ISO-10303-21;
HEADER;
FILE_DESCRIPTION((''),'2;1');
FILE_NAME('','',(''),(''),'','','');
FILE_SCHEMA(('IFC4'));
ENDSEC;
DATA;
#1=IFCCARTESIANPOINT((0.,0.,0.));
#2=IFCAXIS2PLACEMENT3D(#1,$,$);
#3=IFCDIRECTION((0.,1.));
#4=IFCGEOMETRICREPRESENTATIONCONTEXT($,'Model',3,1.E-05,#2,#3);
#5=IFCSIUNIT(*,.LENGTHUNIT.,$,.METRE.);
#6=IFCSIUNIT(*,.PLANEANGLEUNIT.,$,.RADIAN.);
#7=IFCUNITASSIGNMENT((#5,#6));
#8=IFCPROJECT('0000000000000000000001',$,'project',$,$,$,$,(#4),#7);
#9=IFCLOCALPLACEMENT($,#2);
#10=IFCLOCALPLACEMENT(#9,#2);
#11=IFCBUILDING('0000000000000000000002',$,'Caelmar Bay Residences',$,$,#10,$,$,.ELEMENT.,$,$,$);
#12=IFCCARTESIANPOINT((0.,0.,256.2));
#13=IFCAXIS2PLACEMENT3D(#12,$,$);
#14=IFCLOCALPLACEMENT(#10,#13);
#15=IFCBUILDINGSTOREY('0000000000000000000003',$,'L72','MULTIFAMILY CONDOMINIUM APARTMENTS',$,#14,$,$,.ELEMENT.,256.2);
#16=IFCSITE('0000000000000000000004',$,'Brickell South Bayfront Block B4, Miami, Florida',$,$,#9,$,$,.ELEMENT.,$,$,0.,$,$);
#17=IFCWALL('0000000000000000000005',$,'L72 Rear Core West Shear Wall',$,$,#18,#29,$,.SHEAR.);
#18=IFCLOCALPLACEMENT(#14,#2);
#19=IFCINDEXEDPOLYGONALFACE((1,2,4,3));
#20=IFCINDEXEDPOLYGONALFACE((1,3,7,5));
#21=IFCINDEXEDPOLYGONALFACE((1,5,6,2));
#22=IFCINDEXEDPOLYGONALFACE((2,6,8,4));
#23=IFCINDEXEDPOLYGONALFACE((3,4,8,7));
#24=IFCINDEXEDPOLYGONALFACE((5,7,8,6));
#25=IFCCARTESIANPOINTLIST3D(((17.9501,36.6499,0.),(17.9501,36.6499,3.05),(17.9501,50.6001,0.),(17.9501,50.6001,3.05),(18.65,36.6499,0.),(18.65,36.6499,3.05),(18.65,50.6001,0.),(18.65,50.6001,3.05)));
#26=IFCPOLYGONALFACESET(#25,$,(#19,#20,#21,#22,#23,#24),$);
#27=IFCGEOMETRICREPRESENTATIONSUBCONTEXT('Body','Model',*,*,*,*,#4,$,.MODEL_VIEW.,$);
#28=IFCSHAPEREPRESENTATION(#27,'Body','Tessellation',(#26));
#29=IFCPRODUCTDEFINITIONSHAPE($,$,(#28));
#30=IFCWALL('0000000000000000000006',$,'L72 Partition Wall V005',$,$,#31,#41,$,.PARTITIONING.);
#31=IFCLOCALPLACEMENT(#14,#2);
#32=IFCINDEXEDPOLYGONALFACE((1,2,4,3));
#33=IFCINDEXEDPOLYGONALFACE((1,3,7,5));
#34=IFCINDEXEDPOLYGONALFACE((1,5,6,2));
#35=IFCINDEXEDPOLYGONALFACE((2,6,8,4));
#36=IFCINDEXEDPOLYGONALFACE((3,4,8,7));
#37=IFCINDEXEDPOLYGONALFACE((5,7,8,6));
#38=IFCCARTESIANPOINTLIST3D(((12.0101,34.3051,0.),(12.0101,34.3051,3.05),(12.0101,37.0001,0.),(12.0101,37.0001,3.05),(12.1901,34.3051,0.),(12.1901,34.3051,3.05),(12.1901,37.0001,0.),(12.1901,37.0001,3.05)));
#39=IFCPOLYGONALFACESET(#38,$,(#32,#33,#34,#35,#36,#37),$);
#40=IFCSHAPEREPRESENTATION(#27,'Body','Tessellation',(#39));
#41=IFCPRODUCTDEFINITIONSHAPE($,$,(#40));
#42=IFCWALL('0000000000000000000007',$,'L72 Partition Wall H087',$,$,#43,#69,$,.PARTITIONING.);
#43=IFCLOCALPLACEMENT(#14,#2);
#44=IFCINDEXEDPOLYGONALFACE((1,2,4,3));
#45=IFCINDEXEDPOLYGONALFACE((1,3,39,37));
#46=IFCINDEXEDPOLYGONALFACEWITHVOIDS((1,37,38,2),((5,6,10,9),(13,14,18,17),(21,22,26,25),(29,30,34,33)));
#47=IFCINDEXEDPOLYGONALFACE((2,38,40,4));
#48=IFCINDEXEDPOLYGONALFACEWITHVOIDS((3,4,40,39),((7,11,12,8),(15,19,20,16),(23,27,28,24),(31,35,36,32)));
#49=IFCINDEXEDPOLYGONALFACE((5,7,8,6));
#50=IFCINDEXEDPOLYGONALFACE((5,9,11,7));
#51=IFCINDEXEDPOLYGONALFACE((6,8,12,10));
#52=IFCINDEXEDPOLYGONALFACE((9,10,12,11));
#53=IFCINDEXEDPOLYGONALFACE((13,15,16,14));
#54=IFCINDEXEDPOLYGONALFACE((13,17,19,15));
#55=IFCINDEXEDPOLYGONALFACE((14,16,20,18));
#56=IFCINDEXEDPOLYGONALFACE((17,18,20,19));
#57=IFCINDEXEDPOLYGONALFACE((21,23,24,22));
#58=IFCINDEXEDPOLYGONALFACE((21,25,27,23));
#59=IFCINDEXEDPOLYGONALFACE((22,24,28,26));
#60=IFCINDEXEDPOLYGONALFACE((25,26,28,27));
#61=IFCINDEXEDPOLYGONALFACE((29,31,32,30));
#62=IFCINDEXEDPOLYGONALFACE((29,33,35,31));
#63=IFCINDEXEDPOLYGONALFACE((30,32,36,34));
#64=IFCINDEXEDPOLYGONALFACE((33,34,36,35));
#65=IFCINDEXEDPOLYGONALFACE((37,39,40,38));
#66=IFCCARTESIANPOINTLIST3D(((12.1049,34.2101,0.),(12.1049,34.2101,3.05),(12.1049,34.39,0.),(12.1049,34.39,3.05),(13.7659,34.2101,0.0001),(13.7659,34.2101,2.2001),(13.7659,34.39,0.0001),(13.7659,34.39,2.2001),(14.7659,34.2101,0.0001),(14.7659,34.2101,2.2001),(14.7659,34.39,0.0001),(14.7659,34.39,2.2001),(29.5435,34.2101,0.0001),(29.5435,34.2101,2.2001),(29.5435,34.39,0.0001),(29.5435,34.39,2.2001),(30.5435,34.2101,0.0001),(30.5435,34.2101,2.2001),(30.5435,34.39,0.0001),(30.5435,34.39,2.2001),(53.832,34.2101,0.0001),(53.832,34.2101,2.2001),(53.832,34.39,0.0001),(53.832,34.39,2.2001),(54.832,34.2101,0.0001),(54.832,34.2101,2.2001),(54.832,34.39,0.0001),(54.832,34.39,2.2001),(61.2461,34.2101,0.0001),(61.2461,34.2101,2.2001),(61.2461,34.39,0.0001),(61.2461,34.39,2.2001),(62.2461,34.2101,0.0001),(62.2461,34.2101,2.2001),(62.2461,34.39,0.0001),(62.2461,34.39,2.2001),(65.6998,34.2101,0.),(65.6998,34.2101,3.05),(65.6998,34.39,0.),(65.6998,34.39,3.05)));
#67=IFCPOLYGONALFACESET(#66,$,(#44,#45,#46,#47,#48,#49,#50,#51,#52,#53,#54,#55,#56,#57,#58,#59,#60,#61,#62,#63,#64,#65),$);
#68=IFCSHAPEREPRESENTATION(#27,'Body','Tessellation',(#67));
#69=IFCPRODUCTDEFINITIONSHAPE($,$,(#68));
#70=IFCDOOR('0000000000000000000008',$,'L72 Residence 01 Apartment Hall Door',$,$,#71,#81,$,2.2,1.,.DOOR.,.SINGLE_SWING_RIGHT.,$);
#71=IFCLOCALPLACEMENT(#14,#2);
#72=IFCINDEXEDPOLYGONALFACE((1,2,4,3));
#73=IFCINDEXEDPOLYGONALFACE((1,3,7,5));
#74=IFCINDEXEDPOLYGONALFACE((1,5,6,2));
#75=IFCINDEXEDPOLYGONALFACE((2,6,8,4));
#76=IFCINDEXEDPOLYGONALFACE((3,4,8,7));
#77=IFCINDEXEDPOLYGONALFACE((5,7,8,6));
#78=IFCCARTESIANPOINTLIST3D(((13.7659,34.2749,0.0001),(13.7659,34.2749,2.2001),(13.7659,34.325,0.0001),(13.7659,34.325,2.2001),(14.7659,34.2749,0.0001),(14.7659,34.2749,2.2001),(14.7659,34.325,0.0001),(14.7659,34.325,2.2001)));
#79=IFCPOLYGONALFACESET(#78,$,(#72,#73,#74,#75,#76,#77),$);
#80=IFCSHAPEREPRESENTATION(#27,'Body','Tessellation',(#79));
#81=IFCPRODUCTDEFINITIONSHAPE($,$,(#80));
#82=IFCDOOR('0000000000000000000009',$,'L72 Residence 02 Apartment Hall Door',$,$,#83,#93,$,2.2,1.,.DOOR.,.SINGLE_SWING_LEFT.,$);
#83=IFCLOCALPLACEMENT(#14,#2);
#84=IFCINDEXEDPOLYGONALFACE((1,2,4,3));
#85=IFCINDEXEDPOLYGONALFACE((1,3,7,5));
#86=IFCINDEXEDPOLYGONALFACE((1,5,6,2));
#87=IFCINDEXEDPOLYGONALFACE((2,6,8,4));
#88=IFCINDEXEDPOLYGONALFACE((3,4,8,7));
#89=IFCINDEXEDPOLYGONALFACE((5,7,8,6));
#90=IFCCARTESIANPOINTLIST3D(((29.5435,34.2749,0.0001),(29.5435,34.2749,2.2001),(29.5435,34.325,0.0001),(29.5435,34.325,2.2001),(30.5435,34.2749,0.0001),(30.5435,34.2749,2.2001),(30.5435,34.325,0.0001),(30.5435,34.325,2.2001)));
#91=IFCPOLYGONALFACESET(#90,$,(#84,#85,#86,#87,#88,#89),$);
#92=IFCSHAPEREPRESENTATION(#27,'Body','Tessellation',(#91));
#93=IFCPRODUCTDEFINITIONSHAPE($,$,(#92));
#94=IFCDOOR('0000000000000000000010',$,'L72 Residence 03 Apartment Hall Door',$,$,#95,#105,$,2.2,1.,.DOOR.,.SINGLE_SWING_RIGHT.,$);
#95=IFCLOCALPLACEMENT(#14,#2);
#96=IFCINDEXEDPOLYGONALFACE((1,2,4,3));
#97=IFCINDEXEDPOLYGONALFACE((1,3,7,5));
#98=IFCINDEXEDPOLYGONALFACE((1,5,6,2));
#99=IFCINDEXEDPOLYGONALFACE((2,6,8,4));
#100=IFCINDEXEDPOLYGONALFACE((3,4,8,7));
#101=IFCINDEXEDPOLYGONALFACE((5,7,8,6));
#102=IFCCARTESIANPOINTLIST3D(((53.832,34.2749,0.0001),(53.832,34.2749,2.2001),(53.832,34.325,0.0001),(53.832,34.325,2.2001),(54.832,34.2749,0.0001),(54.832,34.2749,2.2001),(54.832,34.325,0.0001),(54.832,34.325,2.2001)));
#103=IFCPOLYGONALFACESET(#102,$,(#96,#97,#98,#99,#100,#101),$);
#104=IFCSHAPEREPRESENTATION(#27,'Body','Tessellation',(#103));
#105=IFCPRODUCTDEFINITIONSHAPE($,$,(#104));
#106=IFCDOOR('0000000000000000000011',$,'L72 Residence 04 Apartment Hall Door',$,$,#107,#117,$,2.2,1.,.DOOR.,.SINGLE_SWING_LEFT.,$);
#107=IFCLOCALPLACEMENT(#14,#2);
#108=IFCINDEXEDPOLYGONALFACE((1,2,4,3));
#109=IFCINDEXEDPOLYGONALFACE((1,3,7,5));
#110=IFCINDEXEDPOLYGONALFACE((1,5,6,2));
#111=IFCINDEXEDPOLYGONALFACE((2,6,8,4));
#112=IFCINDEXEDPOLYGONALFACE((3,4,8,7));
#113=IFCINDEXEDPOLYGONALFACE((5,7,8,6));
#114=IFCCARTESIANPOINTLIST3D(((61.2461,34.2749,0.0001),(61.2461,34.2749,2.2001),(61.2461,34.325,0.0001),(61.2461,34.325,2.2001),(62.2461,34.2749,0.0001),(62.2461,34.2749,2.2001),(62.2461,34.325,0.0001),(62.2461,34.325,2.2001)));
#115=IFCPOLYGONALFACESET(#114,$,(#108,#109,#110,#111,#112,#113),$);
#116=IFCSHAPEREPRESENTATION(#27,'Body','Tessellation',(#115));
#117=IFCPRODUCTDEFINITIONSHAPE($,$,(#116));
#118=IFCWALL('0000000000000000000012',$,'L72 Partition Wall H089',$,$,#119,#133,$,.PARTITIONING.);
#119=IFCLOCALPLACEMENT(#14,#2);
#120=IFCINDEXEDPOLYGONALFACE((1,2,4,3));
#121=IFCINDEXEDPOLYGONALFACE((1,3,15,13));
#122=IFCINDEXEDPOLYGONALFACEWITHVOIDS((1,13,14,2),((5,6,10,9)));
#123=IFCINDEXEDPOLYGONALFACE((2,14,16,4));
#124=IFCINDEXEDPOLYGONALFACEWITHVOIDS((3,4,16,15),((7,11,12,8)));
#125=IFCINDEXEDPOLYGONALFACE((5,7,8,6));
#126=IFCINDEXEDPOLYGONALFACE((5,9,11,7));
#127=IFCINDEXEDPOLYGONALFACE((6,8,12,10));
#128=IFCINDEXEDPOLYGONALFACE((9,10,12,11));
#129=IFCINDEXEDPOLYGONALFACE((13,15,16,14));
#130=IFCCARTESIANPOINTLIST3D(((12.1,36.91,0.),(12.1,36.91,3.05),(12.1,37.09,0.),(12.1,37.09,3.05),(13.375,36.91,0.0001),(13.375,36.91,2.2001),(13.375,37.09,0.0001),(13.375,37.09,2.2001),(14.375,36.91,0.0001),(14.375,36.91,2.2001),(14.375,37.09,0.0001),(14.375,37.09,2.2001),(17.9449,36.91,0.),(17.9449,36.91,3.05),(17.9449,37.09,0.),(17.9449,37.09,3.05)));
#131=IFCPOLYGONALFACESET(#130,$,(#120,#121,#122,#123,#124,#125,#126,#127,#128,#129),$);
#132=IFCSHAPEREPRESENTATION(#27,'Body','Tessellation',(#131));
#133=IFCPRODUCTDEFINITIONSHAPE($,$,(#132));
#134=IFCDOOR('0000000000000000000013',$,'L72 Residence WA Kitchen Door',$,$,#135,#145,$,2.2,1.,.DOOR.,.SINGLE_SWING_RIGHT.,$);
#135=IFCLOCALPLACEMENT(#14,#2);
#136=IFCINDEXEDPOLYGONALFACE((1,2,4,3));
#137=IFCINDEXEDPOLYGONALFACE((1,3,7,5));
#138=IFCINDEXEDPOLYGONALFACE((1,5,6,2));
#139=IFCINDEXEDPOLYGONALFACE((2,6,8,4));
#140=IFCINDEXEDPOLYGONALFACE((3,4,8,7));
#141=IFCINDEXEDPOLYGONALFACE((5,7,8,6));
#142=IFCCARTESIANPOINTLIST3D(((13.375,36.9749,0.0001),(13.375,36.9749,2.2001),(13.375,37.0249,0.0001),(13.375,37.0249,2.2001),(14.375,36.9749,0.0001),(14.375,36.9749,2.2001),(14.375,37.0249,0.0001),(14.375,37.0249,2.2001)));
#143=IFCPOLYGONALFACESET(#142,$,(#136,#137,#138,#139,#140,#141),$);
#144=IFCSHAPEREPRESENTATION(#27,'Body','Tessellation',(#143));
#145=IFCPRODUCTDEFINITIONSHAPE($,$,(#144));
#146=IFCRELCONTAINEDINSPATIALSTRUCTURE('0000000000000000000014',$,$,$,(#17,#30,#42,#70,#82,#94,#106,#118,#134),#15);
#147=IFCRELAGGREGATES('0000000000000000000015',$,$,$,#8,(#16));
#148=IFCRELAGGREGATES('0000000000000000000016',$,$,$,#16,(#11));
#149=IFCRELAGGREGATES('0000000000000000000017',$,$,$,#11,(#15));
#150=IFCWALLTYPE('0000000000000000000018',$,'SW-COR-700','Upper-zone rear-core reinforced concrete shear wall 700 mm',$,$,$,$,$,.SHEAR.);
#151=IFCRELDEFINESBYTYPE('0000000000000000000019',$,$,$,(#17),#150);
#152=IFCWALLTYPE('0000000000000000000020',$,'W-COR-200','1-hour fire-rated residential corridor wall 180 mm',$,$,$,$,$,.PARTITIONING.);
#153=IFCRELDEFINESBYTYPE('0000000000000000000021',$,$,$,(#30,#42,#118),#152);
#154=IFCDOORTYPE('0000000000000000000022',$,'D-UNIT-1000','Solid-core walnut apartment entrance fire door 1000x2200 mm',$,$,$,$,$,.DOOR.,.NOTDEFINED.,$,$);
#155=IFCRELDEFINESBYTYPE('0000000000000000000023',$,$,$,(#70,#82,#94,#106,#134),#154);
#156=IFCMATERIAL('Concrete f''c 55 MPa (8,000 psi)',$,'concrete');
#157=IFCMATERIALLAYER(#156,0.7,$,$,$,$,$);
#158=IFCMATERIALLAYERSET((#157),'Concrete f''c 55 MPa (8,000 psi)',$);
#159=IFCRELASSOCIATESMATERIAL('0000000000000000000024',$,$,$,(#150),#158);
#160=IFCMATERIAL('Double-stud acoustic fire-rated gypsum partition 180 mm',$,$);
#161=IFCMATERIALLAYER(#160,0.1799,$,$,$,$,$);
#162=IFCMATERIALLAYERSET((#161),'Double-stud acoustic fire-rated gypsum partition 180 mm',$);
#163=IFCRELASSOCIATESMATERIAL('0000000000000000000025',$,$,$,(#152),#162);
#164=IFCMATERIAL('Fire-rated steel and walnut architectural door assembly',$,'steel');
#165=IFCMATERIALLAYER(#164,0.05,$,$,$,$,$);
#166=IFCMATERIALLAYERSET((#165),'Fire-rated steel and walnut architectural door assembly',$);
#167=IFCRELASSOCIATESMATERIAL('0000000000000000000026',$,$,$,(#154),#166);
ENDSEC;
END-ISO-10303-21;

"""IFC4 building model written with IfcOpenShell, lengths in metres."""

from ifc_helpers import new_model, si_unit, direction, frame, frame_2d, origin, place, context, subcontext, project, spatial, rectangle, extrude, material, layer, layer_set, type_object, element, fill, save


model = new_model("IFC4")

# Units and contexts
model_context = context("Model", 3, precision=1e-05, world=origin(), true_north=direction((0.0, 1.0)))
body_context = subcontext(model_context, "Body", "Model", "MODEL_VIEW")
ifc_project = project(units=[si_unit("LENGTHUNIT", "METRE"), si_unit("PLANEANGLEUNIT", "RADIAN")], contexts=[model_context])

# Site, building, storey
site_placement = place(None, origin())
site = spatial("IfcSite", under=ifc_project, at=site_placement, Name="Brickell South Bayfront Block B4, Miami, Florida", CompositionType="ELEMENT", RefElevation=0.0)
building_placement = place(site_placement, origin())
building = spatial("IfcBuilding", under=site, at=building_placement, Name="Caelmar Bay Residences", CompositionType="ELEMENT")
storey_placement = place(building_placement, frame((0.0, 0.0, 256.2)))
storey = spatial("IfcBuildingStorey", under=building, at=storey_placement, Name="L72", Description="MULTIFAMILY CONDOMINIUM APARTMENTS", CompositionType="ELEMENT", Elevation=256.2)

# Shared definitions
ifc_material_1 = material(Name="Concrete f'c 55 MPa (8,000 psi)", Category="concrete")
ifc_layer_1 = layer(ifc_material_1, 0.7)
ifc_layer_set_1 = layer_set([ifc_layer_1], Name="Concrete f'c 55 MPa (8,000 psi)")
wall_type_1 = type_object("IfcWallType", Name="SW-COR-700", Description="Upper-zone rear-core reinforced concrete shear wall 700 mm", PredefinedType="SHEAR", material=ifc_layer_set_1)
ifc_material_2 = material(Name="Fire-rated steel and walnut architectural door assembly", Category="steel")

# Walls
wall_1_placement = place(storey_placement, frame((18.3, 36.6499, 0.0), z_axis=(0.0, 0.0, 1.0), x_axis=(0.0, 1.0, 0.0)))
element("IfcWall", 1, at=wall_1_placement, inside=storey, type_object=wall_type_1, Name="L72 Rear Core West Shear Wall", PredefinedType="SHEAR", context=body_context, shape_type="SweptSolid", body=[
    extrude(rectangle(XDim=13.9502, YDim=0.7, at=frame_2d((6.9751, 0.0))), origin(), (0.0, 0.0, 1.0), 3.05),
])
ifc_material_3 = material(Name="Double-stud acoustic fire-rated gypsum partition 180 mm")
ifc_layer_2 = layer(ifc_material_3, 0.1799)
ifc_layer_set_2 = layer_set([ifc_layer_2], Name="Double-stud acoustic fire-rated gypsum partition 180 mm")
wall_type_2 = type_object("IfcWallType", Name="W-COR-200", Description="1-hour fire-rated residential corridor wall 180 mm", PredefinedType="PARTITIONING", material=ifc_layer_set_2)
wall_2_placement = place(storey_placement, frame((12.1001, 34.3049, 0.0), z_axis=(0.0, 0.0, 1.0), x_axis=(0.0, 1.0, 0.0)))
element("IfcWall", 2, at=wall_2_placement, inside=storey, type_object=wall_type_2, Name="L72 Partition Wall V005", PredefinedType="PARTITIONING", context=body_context, shape_type="SweptSolid", body=[
    extrude(rectangle(XDim=2.6951, YDim=0.1799, at=frame_2d((1.3477, 0.0))), origin(), (0.0, 0.0, 1.0), 3.05),
])

# Wall, openings, doors
wall_3_placement = place(storey_placement, frame((12.105, 34.3, 0.0), z_axis=(0.0, 0.0, 1.0), x_axis=(1.0, 0.0, 0.0)))
wall_3 = element("IfcWall", 3, at=wall_3_placement, inside=storey, type_object=wall_type_2, Name="L72 Partition Wall H087", PredefinedType="PARTITIONING", context=body_context, shape_type="SweptSolid", body=[
    extrude(rectangle(XDim=53.595, YDim=0.1799, at=frame_2d((26.7974, 0.0))), origin(), (0.0, 0.0, 1.0), 3.05),
])
opening_1_placement = place(wall_3_placement, frame((1.6609, 0.0, 0.0)))
opening_1 = element("IfcOpeningElement", 4, at=opening_1_placement, cuts=wall_3, PredefinedType="OPENING", context=body_context, shape_type="SweptSolid", body=[
    extrude(rectangle(XDim=1.0, YDim=2.2, at=frame_2d((0.5, 1.1001))), frame((0.0, 0.0999, 0.0), z_axis=(0.0, -1.0, 0.0), x_axis=(1.0, 0.0, 0.0)), (0.0, 0.0, 1.0), 0.2),
])
opening_2_placement = place(wall_3_placement, frame((17.4385, 0.0, 0.0)))
opening_2 = element("IfcOpeningElement", 5, at=opening_2_placement, cuts=wall_3, PredefinedType="OPENING", context=body_context, shape_type="SweptSolid", body=[
    extrude(rectangle(XDim=1.0, YDim=2.2, at=frame_2d((0.5, 1.1001))), frame((0.0, 0.0999, 0.0), z_axis=(0.0, -1.0, 0.0), x_axis=(1.0, 0.0, 0.0)), (0.0, 0.0, 1.0), 0.2),
])
opening_3_placement = place(wall_3_placement, frame((41.7271, 0.0, 0.0)))
opening_3 = element("IfcOpeningElement", 6, at=opening_3_placement, cuts=wall_3, PredefinedType="OPENING", context=body_context, shape_type="SweptSolid", body=[
    extrude(rectangle(XDim=1.0, YDim=2.2, at=frame_2d((0.5, 1.1001))), frame((0.0, 0.0999, 0.0), z_axis=(0.0, -1.0, 0.0), x_axis=(1.0, 0.0, 0.0)), (0.0, 0.0, 1.0), 0.2),
])
opening_4_placement = place(wall_3_placement, frame((49.1411, 0.0, 0.0)))
opening_4 = element("IfcOpeningElement", 7, at=opening_4_placement, cuts=wall_3, PredefinedType="OPENING", context=body_context, shape_type="SweptSolid", body=[
    extrude(rectangle(XDim=1.0, YDim=2.2, at=frame_2d((0.5, 1.1001))), frame((0.0, 0.0999, 0.0), z_axis=(0.0, -1.0, 0.0), x_axis=(1.0, 0.0, 0.0)), (0.0, 0.0, 1.0), 0.2),
])
ifc_layer_3 = layer(ifc_material_2, 0.05)
ifc_layer_set_3 = layer_set([ifc_layer_3], Name="Fire-rated steel and walnut architectural door assembly")
door_type_1 = type_object("IfcDoorType", Name="D-UNIT-1000", Description="Solid-core walnut apartment entrance fire door 1000x2200 mm", OperationType="NOTDEFINED", PredefinedType="DOOR", material=ifc_layer_set_3)
door_1_placement = place(opening_1_placement, origin())
door_1 = element("IfcDoor", 8, at=door_1_placement, inside=storey, type_object=door_type_1, Name="L72 Residence 01 Apartment Hall Door", OperationType="SINGLE_SWING_RIGHT", OverallHeight=2.2, OverallWidth=1.0, PredefinedType="DOOR", context=body_context, shape_type="SweptSolid", body=[
    extrude(rectangle(XDim=1.0, YDim=2.2, at=frame_2d((0.5, 1.1001))), frame((0.0, 0.0249, 0.0), z_axis=(0.0, -1.0, 0.0), x_axis=(1.0, 0.0, 0.0)), (0.0, 0.0, 1.0), 0.05),
])
fill(opening_1, door_1)
door_2_placement = place(opening_2_placement, origin())
door_2 = element("IfcDoor", 9, at=door_2_placement, inside=storey, type_object=door_type_1, Name="L72 Residence 02 Apartment Hall Door", OperationType="SINGLE_SWING_LEFT", OverallHeight=2.2, OverallWidth=1.0, PredefinedType="DOOR", context=body_context, shape_type="SweptSolid", body=[
    extrude(rectangle(XDim=1.0, YDim=2.2, at=frame_2d((0.5, 1.1001))), frame((0.0, 0.0249, 0.0), z_axis=(0.0, -1.0, 0.0), x_axis=(1.0, 0.0, 0.0)), (0.0, 0.0, 1.0), 0.05),
])
fill(opening_2, door_2)
door_3_placement = place(opening_3_placement, origin())
door_3 = element("IfcDoor", 10, at=door_3_placement, inside=storey, type_object=door_type_1, Name="L72 Residence 03 Apartment Hall Door", OperationType="SINGLE_SWING_RIGHT", OverallHeight=2.2, OverallWidth=1.0, PredefinedType="DOOR", context=body_context, shape_type="SweptSolid", body=[
    extrude(rectangle(XDim=1.0, YDim=2.2, at=frame_2d((0.5, 1.1001))), frame((0.0, 0.0249, 0.0), z_axis=(0.0, -1.0, 0.0), x_axis=(1.0, 0.0, 0.0)), (0.0, 0.0, 1.0), 0.05),
])
fill(opening_3, door_3)
door_4_placement = place(opening_4_placement, origin())
door_4 = element("IfcDoor", 11, at=door_4_placement, inside=storey, type_object=door_type_1, Name="L72 Residence 04 Apartment Hall Door", OperationType="SINGLE_SWING_LEFT", OverallHeight=2.2, OverallWidth=1.0, PredefinedType="DOOR", context=body_context, shape_type="SweptSolid", body=[
    extrude(rectangle(XDim=1.0, YDim=2.2, at=frame_2d((0.5, 1.1001))), frame((0.0, 0.0249, 0.0), z_axis=(0.0, -1.0, 0.0), x_axis=(1.0, 0.0, 0.0)), (0.0, 0.0, 1.0), 0.05),
])
fill(opening_4, door_4)

# Wall, opening, door
wall_4_placement = place(storey_placement, frame((12.1001, 37.0, 0.0), z_axis=(0.0, 0.0, 1.0), x_axis=(1.0, 0.0, 0.0)))
wall_4 = element("IfcWall", 12, at=wall_4_placement, inside=storey, type_object=wall_type_2, Name="L72 Partition Wall H089", PredefinedType="PARTITIONING", context=body_context, shape_type="SweptSolid", body=[
    extrude(rectangle(XDim=5.845, YDim=0.1799, at=frame_2d((2.9224, 0.0))), origin(), (0.0, 0.0, 1.0), 3.05),
])
opening_5_placement = place(wall_4_placement, frame((1.2749, 0.0, 0.0)))
opening_5 = element("IfcOpeningElement", 13, at=opening_5_placement, cuts=wall_4, PredefinedType="OPENING", context=body_context, shape_type="SweptSolid", body=[
    extrude(rectangle(XDim=1.0, YDim=2.2, at=frame_2d((0.5, 1.1001))), frame((0.0, 0.0999, 0.0), z_axis=(0.0, -1.0, 0.0), x_axis=(1.0, 0.0, 0.0)), (0.0, 0.0, 1.0), 0.2),
])
door_5_placement = place(opening_5_placement, origin())
door_5 = element("IfcDoor", 14, at=door_5_placement, inside=storey, type_object=door_type_1, Name="L72 Residence WA Kitchen Door", OperationType="SINGLE_SWING_RIGHT", OverallHeight=2.2, OverallWidth=1.0, PredefinedType="DOOR", context=body_context, shape_type="SweptSolid", body=[
    extrude(rectangle(XDim=1.0, YDim=2.2, at=frame_2d((0.5, 1.1001))), frame((0.0, 0.0249, 0.0), z_axis=(0.0, -1.0, 0.0), x_axis=(1.0, 0.0, 0.0)), (0.0, 0.0, 1.0), 0.05),
])
fill(opening_5, door_5)

save(model, "model.ifc")
